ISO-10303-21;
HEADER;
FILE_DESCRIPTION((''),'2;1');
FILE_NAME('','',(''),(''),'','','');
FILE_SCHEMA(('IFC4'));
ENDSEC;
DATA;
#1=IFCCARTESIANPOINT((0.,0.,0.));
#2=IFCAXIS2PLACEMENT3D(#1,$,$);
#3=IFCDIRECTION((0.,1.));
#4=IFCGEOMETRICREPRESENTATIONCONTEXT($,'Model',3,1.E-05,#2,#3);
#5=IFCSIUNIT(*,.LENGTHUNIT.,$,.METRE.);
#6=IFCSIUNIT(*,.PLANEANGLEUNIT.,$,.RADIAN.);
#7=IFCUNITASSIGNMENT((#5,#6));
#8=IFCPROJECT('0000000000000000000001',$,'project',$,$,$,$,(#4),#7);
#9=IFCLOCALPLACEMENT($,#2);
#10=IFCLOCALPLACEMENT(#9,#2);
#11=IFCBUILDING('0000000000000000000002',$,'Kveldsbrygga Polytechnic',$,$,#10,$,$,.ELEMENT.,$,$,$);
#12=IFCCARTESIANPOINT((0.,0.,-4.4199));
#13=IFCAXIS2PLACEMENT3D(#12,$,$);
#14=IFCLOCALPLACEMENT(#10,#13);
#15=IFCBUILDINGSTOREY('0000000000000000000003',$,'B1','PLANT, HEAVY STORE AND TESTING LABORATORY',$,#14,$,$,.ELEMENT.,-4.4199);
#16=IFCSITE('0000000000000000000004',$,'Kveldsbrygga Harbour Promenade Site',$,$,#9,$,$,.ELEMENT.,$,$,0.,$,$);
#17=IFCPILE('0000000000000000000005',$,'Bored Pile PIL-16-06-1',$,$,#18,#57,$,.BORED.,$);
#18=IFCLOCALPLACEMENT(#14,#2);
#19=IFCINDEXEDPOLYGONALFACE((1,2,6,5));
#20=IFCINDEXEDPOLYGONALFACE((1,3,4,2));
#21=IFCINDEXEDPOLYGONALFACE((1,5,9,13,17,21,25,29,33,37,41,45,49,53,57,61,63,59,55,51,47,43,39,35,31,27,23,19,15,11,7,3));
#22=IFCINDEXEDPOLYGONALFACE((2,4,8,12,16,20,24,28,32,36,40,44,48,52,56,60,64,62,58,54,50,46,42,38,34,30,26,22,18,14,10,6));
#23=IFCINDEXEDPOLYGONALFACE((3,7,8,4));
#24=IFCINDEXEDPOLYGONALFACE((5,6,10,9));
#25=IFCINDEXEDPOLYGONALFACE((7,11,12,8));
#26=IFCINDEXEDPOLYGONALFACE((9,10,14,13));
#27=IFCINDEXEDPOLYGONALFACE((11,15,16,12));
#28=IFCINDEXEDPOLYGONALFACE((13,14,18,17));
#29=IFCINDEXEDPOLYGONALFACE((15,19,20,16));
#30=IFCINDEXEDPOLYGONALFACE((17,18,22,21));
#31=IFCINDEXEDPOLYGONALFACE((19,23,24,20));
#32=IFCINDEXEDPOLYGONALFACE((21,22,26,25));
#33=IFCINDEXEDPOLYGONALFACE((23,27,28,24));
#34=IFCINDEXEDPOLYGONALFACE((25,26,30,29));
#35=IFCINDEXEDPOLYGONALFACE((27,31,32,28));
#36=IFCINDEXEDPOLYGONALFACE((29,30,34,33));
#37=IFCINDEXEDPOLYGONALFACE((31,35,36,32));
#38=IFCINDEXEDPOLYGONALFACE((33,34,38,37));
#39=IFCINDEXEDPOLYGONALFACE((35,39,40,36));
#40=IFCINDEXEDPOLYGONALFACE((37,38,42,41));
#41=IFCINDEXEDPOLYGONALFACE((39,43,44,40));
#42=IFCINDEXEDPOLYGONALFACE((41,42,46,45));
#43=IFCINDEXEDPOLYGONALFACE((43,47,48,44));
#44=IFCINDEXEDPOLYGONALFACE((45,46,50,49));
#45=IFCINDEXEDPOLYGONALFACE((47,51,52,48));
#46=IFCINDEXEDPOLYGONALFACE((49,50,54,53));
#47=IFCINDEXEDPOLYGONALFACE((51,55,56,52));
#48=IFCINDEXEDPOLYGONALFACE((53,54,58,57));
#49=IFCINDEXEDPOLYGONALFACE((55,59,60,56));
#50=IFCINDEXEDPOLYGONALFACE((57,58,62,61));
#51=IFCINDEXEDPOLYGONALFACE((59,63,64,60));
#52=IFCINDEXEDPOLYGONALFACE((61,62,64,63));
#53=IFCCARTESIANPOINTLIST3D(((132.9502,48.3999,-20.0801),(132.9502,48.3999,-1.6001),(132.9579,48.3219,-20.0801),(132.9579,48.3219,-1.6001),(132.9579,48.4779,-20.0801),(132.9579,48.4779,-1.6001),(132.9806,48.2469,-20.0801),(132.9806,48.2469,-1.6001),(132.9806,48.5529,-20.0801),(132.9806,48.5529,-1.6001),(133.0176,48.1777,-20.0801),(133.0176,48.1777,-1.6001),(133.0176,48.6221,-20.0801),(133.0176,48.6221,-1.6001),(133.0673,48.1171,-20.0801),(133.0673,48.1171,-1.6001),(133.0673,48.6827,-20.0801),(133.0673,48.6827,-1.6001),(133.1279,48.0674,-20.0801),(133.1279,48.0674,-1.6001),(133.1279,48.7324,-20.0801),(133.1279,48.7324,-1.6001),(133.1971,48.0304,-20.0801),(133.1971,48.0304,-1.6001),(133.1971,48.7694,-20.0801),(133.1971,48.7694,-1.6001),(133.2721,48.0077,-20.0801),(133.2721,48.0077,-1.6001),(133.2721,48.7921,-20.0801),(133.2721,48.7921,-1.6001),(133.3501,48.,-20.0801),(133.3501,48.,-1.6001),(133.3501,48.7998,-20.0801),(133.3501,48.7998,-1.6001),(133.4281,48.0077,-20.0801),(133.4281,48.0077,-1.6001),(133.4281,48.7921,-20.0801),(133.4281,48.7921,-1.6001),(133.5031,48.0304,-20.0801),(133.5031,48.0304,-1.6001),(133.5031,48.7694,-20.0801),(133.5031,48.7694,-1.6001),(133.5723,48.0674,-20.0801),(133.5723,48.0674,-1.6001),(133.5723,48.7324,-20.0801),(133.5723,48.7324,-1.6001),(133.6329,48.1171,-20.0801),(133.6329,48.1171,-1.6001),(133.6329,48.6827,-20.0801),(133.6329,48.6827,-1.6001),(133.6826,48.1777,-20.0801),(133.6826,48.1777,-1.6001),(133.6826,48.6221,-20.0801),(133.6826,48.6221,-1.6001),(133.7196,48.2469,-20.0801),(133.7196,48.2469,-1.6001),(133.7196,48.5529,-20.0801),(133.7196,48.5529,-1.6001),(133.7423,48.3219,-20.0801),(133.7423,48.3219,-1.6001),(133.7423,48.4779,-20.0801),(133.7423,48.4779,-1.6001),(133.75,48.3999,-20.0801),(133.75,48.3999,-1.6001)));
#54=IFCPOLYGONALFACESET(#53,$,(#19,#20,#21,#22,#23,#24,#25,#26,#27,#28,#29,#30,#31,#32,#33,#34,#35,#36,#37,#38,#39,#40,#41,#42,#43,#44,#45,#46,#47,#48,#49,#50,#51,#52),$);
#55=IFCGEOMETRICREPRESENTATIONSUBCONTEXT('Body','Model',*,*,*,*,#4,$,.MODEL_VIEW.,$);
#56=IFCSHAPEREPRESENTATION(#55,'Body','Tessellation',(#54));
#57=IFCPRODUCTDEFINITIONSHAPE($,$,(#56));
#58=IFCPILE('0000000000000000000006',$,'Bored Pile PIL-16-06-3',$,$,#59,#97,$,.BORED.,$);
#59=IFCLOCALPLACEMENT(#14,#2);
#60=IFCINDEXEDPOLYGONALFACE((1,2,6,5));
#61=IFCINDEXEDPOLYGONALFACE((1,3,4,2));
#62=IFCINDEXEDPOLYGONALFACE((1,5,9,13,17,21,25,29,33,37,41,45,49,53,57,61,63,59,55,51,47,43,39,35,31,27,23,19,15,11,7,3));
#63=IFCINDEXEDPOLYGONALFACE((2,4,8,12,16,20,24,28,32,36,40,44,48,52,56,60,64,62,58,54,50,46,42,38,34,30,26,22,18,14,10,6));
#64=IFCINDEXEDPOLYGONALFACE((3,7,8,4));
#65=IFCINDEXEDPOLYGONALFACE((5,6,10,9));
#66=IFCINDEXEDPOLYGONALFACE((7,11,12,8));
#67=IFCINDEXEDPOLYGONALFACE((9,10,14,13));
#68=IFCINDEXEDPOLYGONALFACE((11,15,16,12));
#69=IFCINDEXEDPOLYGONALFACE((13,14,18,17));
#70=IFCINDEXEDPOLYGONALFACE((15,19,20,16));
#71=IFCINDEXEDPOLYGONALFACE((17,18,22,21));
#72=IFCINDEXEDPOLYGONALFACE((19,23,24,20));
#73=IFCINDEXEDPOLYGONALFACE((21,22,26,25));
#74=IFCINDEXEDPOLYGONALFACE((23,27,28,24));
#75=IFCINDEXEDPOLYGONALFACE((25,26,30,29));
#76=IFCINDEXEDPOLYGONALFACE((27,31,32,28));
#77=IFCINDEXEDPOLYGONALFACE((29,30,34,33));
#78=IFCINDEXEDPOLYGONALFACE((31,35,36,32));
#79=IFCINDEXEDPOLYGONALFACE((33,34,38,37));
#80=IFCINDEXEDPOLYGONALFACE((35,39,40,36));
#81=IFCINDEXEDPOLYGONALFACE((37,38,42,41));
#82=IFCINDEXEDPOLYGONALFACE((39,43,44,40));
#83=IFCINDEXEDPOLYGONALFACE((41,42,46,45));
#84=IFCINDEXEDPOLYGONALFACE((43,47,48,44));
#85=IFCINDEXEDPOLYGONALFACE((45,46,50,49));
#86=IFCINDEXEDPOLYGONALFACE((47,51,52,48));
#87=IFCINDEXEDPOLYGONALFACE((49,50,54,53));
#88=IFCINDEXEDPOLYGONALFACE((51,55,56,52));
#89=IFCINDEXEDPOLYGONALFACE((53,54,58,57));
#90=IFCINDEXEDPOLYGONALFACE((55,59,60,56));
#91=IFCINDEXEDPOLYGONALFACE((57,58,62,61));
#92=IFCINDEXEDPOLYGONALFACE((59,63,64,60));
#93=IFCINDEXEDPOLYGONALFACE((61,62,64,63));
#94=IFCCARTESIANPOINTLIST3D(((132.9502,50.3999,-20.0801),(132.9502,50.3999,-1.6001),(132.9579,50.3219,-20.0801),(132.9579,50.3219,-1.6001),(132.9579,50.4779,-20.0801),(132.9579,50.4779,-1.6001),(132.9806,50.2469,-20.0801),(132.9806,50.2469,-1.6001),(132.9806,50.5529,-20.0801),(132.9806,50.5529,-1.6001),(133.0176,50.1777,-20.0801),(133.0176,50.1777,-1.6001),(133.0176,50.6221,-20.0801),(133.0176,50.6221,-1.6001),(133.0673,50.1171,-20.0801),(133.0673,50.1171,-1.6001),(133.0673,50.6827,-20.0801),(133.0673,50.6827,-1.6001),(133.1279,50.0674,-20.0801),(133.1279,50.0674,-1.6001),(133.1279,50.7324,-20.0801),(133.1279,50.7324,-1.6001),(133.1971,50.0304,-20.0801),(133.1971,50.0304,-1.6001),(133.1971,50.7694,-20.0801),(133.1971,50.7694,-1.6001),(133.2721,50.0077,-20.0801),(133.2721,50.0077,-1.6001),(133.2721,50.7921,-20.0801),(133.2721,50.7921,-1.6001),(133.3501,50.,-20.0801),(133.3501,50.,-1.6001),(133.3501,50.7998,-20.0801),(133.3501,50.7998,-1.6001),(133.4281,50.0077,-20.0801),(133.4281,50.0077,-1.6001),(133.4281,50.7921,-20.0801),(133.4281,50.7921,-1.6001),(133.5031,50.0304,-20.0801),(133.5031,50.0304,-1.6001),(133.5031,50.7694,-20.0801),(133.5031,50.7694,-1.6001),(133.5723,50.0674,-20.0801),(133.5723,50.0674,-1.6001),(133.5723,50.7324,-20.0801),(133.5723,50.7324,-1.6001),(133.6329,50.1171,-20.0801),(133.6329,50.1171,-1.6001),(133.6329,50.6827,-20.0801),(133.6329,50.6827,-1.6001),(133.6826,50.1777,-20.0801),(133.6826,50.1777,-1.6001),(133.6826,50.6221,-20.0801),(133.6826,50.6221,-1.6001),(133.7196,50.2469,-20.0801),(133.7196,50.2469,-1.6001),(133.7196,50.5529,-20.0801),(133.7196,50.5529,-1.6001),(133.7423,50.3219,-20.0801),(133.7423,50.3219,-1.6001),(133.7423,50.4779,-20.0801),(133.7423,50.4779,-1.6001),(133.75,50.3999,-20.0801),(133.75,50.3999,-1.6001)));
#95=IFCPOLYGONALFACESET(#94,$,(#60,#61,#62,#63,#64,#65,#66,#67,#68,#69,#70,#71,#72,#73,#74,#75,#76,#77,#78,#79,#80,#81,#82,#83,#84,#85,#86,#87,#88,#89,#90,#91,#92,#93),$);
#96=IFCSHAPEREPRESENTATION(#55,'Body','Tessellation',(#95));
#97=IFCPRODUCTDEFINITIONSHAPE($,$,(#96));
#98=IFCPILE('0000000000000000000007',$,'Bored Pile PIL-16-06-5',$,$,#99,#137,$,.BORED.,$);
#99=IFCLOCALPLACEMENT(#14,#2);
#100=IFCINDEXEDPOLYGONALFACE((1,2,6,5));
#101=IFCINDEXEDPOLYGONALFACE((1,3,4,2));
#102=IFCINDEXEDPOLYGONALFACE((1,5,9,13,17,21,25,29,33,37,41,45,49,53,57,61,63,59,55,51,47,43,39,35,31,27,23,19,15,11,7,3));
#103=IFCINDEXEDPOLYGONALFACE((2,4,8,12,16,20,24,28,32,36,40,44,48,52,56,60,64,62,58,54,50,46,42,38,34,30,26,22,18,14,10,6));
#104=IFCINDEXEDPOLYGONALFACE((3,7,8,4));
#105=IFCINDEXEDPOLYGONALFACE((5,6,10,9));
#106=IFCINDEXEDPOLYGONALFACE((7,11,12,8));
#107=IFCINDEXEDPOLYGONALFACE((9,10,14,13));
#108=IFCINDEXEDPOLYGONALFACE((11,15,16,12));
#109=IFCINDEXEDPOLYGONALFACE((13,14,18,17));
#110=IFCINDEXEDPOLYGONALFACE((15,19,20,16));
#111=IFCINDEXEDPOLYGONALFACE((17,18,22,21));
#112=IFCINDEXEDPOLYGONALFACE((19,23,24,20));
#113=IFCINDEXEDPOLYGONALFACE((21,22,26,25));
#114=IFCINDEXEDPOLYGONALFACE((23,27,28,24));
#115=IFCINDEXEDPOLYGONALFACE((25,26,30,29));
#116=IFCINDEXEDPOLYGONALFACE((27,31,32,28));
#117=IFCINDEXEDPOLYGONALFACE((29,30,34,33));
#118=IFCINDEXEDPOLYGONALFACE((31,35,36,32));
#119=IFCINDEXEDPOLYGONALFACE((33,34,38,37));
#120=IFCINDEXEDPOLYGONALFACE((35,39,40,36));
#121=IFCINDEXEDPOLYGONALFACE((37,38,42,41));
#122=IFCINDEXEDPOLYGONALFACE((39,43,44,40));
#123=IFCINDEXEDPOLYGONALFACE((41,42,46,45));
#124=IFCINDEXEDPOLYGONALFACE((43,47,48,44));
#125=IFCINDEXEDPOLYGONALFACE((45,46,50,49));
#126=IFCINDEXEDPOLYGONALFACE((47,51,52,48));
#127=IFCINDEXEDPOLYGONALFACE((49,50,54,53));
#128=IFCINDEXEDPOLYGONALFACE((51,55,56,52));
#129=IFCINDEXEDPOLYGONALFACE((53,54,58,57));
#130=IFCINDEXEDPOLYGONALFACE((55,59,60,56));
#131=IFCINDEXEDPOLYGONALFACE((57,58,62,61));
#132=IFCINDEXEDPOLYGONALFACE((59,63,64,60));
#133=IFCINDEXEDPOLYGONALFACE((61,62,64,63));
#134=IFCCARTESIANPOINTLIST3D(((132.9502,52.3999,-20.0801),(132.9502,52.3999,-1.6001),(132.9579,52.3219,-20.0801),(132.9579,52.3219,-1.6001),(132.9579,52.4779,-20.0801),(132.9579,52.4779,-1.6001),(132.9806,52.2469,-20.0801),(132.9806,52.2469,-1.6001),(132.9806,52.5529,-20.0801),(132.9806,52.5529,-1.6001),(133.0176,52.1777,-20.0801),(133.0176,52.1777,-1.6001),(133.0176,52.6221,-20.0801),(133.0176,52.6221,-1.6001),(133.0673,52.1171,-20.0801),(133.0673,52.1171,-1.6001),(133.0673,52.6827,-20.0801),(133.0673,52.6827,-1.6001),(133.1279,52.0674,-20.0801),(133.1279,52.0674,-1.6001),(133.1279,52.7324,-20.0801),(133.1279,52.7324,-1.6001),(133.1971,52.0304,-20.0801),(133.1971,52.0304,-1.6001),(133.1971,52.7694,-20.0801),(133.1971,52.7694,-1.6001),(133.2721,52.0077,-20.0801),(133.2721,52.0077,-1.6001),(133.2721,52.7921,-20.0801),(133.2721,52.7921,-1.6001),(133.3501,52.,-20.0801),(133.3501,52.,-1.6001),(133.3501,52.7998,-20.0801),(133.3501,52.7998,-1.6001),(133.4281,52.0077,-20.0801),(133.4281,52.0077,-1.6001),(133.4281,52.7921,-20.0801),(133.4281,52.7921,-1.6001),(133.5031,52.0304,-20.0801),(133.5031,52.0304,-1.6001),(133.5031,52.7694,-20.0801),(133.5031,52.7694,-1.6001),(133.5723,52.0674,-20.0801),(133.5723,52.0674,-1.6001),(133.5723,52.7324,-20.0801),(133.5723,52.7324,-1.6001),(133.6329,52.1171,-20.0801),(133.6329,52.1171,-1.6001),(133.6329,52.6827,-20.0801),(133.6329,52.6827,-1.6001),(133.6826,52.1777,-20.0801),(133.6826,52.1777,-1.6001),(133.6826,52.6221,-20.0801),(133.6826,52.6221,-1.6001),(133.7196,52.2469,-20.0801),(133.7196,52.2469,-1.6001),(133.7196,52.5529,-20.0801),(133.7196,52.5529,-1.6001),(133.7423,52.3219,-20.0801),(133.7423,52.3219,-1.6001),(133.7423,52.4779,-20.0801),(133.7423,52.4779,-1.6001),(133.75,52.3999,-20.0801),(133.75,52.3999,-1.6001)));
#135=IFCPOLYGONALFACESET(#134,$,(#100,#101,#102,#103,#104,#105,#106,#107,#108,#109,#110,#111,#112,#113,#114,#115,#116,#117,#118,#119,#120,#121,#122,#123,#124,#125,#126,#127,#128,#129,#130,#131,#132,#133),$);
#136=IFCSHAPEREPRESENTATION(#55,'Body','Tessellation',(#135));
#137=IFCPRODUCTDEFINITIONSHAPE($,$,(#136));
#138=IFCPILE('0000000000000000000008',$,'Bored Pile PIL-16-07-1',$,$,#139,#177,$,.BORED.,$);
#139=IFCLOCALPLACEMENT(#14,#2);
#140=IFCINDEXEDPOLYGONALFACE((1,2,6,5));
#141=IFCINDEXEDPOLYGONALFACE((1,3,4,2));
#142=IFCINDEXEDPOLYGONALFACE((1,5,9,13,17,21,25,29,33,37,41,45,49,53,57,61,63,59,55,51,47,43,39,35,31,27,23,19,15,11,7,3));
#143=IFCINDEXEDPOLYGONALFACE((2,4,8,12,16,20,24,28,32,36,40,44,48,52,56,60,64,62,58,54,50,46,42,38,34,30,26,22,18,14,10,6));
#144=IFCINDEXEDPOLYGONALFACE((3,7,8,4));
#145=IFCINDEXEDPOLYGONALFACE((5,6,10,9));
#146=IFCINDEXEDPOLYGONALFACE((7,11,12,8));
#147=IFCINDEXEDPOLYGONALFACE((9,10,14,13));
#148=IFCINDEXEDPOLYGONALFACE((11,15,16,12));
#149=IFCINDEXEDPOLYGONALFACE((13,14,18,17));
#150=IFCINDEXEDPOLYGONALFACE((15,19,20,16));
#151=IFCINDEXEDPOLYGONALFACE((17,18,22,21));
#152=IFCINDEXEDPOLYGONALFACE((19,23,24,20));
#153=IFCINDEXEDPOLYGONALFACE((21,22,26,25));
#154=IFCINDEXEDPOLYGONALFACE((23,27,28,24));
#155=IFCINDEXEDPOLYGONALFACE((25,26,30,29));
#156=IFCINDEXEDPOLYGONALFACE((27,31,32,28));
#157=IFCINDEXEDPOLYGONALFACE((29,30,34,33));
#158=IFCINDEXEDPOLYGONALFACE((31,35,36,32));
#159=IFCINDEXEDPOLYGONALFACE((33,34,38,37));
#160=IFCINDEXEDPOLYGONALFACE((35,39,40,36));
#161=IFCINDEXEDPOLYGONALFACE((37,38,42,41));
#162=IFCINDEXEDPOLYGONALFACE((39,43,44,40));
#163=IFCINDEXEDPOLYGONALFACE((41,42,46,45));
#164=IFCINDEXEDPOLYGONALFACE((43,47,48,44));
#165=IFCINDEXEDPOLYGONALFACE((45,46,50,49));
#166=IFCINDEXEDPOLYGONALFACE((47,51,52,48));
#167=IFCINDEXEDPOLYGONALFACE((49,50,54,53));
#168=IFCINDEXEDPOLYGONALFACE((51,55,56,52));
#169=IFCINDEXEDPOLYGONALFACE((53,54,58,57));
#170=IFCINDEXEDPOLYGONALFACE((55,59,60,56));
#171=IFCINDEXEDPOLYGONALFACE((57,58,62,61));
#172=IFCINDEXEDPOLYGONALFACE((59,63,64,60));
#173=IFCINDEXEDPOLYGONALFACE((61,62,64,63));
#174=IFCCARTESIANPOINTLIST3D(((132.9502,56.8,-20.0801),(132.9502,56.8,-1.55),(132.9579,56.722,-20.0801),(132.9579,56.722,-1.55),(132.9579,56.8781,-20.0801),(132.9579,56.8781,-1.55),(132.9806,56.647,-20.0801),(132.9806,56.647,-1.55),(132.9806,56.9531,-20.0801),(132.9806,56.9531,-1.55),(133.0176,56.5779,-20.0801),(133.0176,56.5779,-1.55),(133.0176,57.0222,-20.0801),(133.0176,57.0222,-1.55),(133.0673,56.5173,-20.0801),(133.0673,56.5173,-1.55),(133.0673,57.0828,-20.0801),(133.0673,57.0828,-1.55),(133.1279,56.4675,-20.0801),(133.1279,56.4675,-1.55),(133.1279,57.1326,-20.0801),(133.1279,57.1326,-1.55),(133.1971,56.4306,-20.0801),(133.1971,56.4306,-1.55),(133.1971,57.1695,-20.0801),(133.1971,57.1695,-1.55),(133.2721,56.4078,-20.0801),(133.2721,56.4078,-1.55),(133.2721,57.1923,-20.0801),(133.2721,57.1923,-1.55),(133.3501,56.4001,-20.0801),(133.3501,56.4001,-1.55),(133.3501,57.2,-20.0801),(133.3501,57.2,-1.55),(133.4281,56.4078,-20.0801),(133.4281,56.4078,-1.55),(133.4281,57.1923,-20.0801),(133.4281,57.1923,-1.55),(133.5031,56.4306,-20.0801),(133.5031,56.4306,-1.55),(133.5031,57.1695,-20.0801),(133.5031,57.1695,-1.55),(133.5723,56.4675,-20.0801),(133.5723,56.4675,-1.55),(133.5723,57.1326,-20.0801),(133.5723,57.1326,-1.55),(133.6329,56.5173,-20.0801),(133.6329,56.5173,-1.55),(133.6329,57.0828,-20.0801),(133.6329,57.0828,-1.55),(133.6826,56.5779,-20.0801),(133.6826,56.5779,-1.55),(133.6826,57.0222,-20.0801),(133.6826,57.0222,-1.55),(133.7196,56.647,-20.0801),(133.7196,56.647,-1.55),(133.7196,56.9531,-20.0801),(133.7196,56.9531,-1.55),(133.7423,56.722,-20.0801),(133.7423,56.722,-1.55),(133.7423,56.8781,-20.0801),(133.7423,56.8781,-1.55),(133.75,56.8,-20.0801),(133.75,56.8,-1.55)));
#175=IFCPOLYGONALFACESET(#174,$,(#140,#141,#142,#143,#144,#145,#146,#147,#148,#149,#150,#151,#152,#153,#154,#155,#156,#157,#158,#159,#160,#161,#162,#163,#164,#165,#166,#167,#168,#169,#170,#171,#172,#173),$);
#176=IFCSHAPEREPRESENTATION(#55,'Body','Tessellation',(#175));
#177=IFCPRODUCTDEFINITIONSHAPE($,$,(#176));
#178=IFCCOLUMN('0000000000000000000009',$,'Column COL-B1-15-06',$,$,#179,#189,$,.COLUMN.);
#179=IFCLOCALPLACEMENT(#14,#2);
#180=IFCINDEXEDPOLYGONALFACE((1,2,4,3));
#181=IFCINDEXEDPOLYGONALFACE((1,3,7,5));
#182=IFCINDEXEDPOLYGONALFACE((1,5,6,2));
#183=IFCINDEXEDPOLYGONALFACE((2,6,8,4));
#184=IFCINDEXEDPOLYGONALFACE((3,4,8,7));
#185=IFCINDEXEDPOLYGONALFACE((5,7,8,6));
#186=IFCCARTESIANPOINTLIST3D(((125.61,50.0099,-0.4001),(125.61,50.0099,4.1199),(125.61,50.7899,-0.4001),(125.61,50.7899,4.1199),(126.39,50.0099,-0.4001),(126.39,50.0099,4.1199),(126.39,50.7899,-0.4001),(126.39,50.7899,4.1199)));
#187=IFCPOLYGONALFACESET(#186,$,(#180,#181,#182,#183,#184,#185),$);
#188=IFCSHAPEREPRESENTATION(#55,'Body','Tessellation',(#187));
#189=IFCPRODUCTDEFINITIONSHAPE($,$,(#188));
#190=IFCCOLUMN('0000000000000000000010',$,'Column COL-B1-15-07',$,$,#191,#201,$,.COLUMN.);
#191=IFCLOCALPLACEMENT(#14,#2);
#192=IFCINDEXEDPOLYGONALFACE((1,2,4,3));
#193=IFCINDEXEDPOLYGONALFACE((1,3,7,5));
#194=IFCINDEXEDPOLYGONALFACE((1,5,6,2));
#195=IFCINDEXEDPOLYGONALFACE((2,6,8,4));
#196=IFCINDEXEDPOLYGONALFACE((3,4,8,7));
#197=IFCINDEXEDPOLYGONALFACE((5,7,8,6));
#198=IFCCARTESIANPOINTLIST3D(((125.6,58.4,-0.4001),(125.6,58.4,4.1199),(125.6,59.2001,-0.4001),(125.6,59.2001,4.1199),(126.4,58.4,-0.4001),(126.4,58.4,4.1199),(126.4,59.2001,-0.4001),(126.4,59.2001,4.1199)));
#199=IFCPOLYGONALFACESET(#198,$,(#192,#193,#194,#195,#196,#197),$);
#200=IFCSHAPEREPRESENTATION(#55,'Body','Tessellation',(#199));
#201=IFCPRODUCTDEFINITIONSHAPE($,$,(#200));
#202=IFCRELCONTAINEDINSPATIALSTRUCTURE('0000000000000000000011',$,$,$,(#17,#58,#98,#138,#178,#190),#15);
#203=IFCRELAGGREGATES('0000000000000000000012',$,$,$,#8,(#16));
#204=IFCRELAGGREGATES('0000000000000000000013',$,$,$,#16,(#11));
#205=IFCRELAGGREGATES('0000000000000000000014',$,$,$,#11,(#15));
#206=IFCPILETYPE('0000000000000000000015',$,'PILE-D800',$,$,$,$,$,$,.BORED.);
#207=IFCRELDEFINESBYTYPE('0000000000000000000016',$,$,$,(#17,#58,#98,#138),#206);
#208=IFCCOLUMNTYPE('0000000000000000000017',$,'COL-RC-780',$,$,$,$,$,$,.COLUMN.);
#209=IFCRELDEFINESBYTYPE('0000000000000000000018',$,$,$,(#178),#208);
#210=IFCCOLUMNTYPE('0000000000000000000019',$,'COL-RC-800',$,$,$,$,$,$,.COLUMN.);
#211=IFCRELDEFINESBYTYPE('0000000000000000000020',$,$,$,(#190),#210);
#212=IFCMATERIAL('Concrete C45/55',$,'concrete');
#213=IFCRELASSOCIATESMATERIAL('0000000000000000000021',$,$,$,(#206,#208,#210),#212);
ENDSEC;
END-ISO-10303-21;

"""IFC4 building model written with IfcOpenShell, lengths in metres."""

from ifc_helpers import new_model, si_unit, direction, frame, origin, origin_2d, place, context, subcontext, project, spatial, rectangle, circle, extrude, material, material_profile, profile_set, type_object, element, save


model = new_model("IFC4")

# Units and contexts
model_context = context("Model", 3, precision=1e-05, world=origin(), true_north=direction((0.0, 1.0)))
body_context = subcontext(model_context, "Body", "Model", "MODEL_VIEW")
ifc_project = project(units=[si_unit("LENGTHUNIT", "METRE"), si_unit("PLANEANGLEUNIT", "RADIAN")], contexts=[model_context])

# Site, building, storey
site_placement = place(None, origin())
site = spatial("IfcSite", under=ifc_project, at=site_placement, Name="Kveldsbrygga Harbour Promenade Site", CompositionType="ELEMENT", RefElevation=0.0)
building_placement = place(site_placement, origin())
building = spatial("IfcBuilding", under=site, at=building_placement, Name="Kveldsbrygga Polytechnic", CompositionType="ELEMENT")
storey_placement = place(building_placement, frame((0.0, 0.0, -4.4199)))
storey = spatial("IfcBuildingStorey", under=building, at=storey_placement, Name="B1", Description="PLANT, HEAVY STORE AND TESTING LABORATORY", CompositionType="ELEMENT", Elevation=-4.4199)

# Shared definitions
ifc_material_1 = material(Name="Concrete C45/55", Category="concrete")

# Piles
ifc_material_profile_1 = material_profile(ifc_material_1, circle(Radius=0.3999, at=origin_2d()), Name="PILE D800")
ifc_profile_set_1 = profile_set([ifc_material_profile_1], Name="Concrete C45/55")
pile_type = type_object("IfcPileType", Name="PILE-D800", PredefinedType="BORED", material=ifc_profile_set_1)
for number, where, z_axis, x_axis, name in (
    (1, (133.3501, 48.3999, -1.6001), (0.0, 0.0, -1.0), (1.0, 0.0, 0.0), "Bored Pile PIL-16-06-1"),
    (2, (133.3501, 50.3999, -1.6001), (0.0, 0.0, -1.0), (1.0, 0.0, 0.0), "Bored Pile PIL-16-06-3"),
    (3, (133.3501, 52.3999, -1.6001), (0.0, 0.0, -1.0), (1.0, 0.0, 0.0), "Bored Pile PIL-16-06-5"),
):
    element("IfcPile", number, at=place(storey_placement, frame(where, z_axis=z_axis, x_axis=x_axis)), inside=storey, type_object=pile_type, Name=name, PredefinedType="BORED", context=body_context, shape_type="SweptSolid", body=[
        extrude(circle(Radius=0.3999, at=origin_2d()), origin(), (0.0, 0.0, 1.0), 18.48),
    ])
pile_1_placement = place(storey_placement, frame((133.3501, 56.8, -1.55), z_axis=(0.0, 0.0, -1.0), x_axis=(1.0, 0.0, 0.0)))
element("IfcPile", 4, at=pile_1_placement, inside=storey, type_object=pile_type, Name="Bored Pile PIL-16-07-1", PredefinedType="BORED", context=body_context, shape_type="SweptSolid", body=[
    extrude(circle(Radius=0.3999, at=origin_2d()), origin(), (0.0, 0.0, 1.0), 18.53),
])

# Columns
ifc_material_profile_2 = material_profile(ifc_material_1, rectangle(XDim=0.78, YDim=0.78, at=origin_2d()), Name="RC 780x780")
ifc_profile_set_2 = profile_set([ifc_material_profile_2], Name="Concrete C45/55")
column_type_1 = type_object("IfcColumnType", Name="COL-RC-780", PredefinedType="COLUMN", material=ifc_profile_set_2)
column_1_placement = place(storey_placement, frame((126.0, 50.3999, -0.4001), z_axis=(0.0, 0.0, 1.0), x_axis=(1.0, 0.0, 0.0)))
element("IfcColumn", 5, at=column_1_placement, inside=storey, type_object=column_type_1, Name="Column COL-B1-15-06", PredefinedType="COLUMN", context=body_context, shape_type="SweptSolid", body=[
    extrude(rectangle(XDim=0.78, YDim=0.78, at=origin_2d()), origin(), (0.0, 0.0, 1.0), 4.52),
])
ifc_material_profile_3 = material_profile(ifc_material_1, rectangle(XDim=0.8, YDim=0.8, at=origin_2d()), Name="RC 800x800")
ifc_profile_set_3 = profile_set([ifc_material_profile_3], Name="Concrete C45/55")
column_type_2 = type_object("IfcColumnType", Name="COL-RC-800", PredefinedType="COLUMN", material=ifc_profile_set_3)
column_2_placement = place(storey_placement, frame((126.0, 58.8, -0.4001), z_axis=(0.0, 0.0, 1.0), x_axis=(1.0, 0.0, 0.0)))
element("IfcColumn", 6, at=column_2_placement, inside=storey, type_object=column_type_2, Name="Column COL-B1-15-07", PredefinedType="COLUMN", context=body_context, shape_type="SweptSolid", body=[
    extrude(rectangle(XDim=0.8, YDim=0.8, at=origin_2d()), origin(), (0.0, 0.0, 1.0), 4.52),
])

save(model, "model.ifc")
